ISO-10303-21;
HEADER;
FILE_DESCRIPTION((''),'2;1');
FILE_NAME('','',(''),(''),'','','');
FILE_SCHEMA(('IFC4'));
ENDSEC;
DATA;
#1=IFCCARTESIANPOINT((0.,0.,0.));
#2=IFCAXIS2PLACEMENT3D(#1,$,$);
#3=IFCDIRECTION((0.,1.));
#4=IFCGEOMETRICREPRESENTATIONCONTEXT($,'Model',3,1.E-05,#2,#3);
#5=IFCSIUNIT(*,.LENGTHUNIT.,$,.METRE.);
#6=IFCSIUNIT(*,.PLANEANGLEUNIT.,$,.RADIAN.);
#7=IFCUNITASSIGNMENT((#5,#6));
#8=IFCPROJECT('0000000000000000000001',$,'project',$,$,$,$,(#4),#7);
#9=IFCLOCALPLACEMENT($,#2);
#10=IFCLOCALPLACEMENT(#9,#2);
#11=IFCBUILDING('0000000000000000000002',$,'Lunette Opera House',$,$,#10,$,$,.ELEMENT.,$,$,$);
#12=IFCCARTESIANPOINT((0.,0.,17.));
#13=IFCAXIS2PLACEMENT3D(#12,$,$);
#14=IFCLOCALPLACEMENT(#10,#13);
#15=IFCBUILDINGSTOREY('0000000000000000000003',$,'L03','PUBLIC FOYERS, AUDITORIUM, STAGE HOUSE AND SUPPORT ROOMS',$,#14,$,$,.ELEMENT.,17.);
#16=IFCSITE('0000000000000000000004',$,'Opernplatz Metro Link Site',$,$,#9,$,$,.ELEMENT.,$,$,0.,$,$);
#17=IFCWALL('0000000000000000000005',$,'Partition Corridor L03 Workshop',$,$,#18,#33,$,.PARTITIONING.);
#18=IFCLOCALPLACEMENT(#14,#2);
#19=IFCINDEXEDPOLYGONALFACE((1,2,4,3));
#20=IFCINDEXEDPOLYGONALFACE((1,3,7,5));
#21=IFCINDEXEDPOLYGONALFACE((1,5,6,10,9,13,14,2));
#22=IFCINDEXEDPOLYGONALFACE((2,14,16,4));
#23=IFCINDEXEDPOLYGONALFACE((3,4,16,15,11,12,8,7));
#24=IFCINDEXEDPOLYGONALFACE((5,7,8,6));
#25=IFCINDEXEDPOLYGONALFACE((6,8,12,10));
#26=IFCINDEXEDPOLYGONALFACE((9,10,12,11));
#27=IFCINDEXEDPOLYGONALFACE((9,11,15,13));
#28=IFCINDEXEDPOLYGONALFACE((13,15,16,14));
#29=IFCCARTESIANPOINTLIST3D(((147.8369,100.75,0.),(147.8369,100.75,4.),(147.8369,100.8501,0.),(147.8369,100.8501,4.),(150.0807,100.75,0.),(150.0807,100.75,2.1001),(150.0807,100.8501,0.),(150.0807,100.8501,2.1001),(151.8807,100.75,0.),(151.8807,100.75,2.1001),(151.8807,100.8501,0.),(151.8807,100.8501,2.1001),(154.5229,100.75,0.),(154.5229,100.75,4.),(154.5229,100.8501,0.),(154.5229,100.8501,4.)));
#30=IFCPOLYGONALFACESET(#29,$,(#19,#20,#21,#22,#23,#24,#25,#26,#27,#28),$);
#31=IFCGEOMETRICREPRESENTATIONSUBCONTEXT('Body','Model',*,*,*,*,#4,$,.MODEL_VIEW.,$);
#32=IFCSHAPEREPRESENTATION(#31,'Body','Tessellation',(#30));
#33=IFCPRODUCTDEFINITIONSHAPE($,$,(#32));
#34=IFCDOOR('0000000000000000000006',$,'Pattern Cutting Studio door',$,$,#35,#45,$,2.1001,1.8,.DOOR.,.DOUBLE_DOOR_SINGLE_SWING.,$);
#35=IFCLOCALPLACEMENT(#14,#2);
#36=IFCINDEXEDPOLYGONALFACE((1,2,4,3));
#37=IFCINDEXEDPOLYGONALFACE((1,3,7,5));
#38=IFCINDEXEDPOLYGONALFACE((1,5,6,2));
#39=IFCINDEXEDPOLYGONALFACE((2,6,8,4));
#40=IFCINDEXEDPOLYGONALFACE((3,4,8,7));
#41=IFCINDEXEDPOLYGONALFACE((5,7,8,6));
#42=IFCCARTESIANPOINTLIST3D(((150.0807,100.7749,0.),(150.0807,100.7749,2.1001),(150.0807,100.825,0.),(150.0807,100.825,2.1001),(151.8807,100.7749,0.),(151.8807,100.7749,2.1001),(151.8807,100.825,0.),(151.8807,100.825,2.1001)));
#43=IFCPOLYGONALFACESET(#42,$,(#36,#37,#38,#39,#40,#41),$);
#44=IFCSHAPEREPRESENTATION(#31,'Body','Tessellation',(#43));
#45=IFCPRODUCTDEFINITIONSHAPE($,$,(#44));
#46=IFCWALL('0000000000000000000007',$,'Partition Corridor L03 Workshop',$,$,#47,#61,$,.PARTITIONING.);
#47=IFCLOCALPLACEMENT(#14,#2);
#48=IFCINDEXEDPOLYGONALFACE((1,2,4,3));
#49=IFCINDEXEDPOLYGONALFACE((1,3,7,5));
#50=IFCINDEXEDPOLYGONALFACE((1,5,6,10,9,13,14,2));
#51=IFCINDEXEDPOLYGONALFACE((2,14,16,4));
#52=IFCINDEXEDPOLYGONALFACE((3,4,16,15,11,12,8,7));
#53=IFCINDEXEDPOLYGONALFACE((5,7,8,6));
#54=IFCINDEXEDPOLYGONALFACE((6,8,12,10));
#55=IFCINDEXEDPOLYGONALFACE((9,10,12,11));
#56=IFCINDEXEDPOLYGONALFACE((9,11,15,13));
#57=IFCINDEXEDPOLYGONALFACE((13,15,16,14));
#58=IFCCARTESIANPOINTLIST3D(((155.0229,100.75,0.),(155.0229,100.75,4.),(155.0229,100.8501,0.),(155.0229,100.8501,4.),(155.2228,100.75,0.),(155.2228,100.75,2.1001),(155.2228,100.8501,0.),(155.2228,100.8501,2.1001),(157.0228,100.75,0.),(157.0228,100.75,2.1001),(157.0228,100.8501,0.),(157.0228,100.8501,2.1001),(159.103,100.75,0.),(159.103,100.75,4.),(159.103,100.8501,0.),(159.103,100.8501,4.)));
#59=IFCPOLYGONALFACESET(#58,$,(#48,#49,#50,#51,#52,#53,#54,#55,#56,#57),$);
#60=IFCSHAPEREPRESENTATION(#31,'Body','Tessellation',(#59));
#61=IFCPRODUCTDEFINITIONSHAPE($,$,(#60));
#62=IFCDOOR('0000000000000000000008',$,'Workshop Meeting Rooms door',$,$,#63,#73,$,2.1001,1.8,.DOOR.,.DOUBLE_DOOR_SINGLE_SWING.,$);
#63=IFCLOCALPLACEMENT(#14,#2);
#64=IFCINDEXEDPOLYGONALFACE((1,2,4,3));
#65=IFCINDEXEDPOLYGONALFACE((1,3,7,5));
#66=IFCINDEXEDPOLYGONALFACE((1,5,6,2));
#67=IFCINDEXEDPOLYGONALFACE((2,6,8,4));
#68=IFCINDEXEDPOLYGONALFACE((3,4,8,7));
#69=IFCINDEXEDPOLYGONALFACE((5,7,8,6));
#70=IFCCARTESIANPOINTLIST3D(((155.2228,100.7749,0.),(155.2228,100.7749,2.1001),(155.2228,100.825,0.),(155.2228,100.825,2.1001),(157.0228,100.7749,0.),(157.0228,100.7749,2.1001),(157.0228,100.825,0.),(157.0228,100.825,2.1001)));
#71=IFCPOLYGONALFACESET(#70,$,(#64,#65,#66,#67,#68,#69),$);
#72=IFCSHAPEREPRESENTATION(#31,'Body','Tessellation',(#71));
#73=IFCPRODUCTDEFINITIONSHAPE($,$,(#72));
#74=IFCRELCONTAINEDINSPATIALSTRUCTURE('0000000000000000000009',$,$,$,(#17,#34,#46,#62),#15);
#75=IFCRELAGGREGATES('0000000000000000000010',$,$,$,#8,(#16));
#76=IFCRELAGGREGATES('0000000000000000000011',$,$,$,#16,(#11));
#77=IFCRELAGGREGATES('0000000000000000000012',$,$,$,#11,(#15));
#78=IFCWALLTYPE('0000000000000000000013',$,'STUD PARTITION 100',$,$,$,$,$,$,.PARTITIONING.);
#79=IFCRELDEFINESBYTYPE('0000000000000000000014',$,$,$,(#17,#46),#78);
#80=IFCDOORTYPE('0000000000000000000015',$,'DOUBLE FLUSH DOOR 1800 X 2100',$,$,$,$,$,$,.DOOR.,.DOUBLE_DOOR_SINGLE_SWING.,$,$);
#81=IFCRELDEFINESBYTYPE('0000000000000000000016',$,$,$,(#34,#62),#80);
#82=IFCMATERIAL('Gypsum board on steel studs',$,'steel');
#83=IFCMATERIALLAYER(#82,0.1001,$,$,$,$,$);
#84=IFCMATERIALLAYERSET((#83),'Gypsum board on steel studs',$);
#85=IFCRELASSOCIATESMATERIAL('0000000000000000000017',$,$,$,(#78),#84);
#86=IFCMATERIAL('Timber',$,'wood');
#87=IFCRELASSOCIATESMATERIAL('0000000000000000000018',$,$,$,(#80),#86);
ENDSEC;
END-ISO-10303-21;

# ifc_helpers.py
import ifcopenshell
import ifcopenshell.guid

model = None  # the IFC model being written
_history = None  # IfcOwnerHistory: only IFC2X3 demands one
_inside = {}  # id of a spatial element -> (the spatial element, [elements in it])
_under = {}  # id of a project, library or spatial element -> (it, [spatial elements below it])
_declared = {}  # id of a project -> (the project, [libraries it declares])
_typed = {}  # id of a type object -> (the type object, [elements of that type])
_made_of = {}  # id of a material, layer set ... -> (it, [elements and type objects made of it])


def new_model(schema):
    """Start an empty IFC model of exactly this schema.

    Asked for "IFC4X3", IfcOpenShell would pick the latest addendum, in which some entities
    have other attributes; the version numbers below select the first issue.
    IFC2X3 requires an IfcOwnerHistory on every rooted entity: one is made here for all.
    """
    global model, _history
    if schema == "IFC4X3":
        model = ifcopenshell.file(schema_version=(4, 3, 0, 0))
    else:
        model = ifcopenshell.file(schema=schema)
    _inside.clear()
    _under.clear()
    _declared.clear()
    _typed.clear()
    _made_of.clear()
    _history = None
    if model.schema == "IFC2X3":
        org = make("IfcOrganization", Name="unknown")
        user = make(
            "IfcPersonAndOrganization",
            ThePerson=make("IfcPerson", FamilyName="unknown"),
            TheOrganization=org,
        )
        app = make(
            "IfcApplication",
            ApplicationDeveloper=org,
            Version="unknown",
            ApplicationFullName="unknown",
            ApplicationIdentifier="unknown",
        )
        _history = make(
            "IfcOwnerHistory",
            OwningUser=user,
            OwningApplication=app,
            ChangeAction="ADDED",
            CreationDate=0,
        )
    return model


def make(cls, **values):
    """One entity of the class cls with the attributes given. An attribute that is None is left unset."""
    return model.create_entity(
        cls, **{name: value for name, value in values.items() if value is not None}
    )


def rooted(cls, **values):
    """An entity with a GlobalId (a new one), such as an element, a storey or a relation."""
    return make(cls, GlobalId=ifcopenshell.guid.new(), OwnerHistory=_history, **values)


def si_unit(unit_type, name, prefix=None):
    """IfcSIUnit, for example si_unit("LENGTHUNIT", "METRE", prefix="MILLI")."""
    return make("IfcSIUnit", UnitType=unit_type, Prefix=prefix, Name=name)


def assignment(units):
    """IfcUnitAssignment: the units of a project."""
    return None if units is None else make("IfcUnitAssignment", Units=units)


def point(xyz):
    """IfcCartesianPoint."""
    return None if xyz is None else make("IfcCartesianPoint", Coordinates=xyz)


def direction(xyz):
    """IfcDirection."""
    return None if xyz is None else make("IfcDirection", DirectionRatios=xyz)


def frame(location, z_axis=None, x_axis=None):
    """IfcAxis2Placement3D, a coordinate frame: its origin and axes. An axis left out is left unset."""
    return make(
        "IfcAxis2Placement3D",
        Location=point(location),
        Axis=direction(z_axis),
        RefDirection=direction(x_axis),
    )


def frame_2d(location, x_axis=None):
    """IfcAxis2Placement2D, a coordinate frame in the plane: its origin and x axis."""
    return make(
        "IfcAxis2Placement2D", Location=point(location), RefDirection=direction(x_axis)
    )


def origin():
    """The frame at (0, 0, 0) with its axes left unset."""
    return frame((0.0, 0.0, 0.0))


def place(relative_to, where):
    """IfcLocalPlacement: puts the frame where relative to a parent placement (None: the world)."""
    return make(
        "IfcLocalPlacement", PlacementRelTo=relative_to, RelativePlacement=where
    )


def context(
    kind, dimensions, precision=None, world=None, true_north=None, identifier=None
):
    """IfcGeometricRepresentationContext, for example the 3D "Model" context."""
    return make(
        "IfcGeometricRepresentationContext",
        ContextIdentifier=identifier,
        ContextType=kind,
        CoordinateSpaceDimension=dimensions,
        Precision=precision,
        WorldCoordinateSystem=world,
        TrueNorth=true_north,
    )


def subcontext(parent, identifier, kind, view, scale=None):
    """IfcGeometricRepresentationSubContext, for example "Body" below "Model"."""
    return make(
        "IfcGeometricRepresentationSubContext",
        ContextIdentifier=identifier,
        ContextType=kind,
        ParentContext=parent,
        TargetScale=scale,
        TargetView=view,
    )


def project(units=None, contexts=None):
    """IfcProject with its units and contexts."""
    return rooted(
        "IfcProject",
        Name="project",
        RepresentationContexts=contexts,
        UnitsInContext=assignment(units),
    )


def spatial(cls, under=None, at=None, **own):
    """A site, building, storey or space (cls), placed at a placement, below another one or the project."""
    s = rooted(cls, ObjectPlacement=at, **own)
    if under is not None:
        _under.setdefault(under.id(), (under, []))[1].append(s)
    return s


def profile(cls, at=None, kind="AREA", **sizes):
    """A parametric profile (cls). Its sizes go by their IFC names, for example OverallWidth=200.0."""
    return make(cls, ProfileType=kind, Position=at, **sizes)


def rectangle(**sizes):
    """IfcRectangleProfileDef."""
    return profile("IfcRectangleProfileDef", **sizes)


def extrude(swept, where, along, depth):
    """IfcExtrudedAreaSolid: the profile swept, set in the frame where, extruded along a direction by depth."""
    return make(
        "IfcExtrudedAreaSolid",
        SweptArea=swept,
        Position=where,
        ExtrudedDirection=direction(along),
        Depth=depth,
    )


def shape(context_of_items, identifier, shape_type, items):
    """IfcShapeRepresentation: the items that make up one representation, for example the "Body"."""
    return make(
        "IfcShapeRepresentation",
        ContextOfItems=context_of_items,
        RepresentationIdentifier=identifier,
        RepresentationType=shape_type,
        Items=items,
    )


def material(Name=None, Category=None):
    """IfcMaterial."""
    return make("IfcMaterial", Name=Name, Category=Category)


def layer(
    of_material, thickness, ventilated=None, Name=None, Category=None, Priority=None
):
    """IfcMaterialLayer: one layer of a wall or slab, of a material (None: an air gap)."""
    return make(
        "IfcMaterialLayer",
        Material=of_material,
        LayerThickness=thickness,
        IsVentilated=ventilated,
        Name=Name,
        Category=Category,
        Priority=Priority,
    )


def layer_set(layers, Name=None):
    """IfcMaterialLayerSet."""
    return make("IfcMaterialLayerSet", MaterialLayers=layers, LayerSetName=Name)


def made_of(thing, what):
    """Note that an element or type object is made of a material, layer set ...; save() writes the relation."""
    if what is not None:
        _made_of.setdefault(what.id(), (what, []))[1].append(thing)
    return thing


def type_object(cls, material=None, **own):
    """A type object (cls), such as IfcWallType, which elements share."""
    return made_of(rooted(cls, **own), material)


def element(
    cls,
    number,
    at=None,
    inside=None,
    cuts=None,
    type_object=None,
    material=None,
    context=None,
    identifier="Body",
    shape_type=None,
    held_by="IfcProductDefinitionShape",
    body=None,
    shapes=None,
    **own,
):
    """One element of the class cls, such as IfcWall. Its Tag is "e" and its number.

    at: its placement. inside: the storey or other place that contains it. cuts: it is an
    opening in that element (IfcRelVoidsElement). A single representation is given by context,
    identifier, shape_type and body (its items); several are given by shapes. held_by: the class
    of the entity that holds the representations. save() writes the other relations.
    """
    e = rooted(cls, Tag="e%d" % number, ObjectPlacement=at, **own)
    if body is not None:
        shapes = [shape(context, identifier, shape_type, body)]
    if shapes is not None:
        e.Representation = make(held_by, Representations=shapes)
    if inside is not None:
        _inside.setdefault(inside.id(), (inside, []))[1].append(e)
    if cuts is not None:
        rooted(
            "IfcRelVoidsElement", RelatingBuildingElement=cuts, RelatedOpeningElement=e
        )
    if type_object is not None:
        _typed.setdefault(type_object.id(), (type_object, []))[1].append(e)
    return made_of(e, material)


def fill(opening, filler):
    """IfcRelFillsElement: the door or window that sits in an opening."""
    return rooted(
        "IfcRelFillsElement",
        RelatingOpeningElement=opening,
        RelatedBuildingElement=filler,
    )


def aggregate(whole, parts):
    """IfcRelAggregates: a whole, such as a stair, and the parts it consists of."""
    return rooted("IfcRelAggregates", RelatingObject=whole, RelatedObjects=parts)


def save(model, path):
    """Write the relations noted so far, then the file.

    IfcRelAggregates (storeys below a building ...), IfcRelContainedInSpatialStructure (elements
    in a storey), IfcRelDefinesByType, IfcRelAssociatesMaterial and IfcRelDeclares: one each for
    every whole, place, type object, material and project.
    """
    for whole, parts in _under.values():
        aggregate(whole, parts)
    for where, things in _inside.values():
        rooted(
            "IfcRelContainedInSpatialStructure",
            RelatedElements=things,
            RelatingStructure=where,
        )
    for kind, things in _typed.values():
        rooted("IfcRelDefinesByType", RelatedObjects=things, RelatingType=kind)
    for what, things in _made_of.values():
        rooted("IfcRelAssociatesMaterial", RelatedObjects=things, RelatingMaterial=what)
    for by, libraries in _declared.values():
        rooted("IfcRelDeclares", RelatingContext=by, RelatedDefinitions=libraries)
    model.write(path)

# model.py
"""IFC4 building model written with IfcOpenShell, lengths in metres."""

from ifc_helpers import new_model, si_unit, direction, frame, frame_2d, origin, place, context, subcontext, project, spatial, rectangle, extrude, material, layer, layer_set, type_object, element, fill, save


model = new_model("IFC4")

# Units and contexts
model_context = context("Model", 3, precision=1e-05, world=origin(), true_north=direction((0.0, 1.0)))
body_context = subcontext(model_context, "Body", "Model", "MODEL_VIEW")
ifc_project = project(units=[si_unit("LENGTHUNIT", "METRE"), si_unit("PLANEANGLEUNIT", "RADIAN")], contexts=[model_context])

# Site, building, storey
site_placement = place(None, origin())
site = spatial("IfcSite", under=ifc_project, at=site_placement, Name="Opernplatz Metro Link Site", CompositionType="ELEMENT", RefElevation=0.0)
building_placement = place(site_placement, origin())
building = spatial("IfcBuilding", under=site, at=building_placement, Name="Lunette Opera House", CompositionType="ELEMENT")
storey_placement = place(building_placement, frame((0.0, 0.0, 17.0)))
storey = spatial("IfcBuildingStorey", under=building, at=storey_placement, Name="L03", Description="PUBLIC FOYERS, AUDITORIUM, STAGE HOUSE AND SUPPORT ROOMS", CompositionType="ELEMENT", Elevation=17.0)

# Shared definitions
ifc_material_1 = material(Name="Gypsum board on steel studs", Category="steel")
ifc_layer_1 = layer(ifc_material_1, 0.1001)
ifc_layer_set_1 = layer_set([ifc_layer_1], Name="Gypsum board on steel studs")
wall_type_1 = type_object("IfcWallType", Name="STUD PARTITION 100", PredefinedType="PARTITIONING", material=ifc_layer_set_1)

# Walls, openings, doors
wall_1_placement = place(storey_placement, frame((147.8369, 100.8, 0.0), z_axis=(0.0, 0.0, 1.0), x_axis=(1.0, 0.0, 0.0)))
wall_1 = element("IfcWall", 1, at=wall_1_placement, inside=storey, type_object=wall_type_1, Name="Partition Corridor L03 Workshop", PredefinedType="PARTITIONING", context=body_context, shape_type="SweptSolid", body=[
    extrude(rectangle(XDim=6.686, YDim=0.1001, at=frame_2d((3.343, 0.0))), origin(), (0.0, 0.0, 1.0), 4.0),
])
opening_1_placement = place(wall_1_placement, frame((2.2439, 0.0, 0.0)))
opening_1 = element("IfcOpeningElement", 2, at=opening_1_placement, cuts=wall_1, PredefinedType="OPENING", context=body_context, shape_type="SweptSolid", body=[
    extrude(rectangle(XDim=1.8, YDim=2.1001, at=frame_2d((0.8999, 1.05))), frame((0.0, 0.062, 0.0), z_axis=(0.0, -1.0, 0.0), x_axis=(1.0, 0.0, 0.0)), (0.0, 0.0, 1.0), 0.124),
])
ifc_material_2 = material(Name="Timber", Category="wood")
door_type = type_object("IfcDoorType", Name="DOUBLE FLUSH DOOR 1800 X 2100", OperationType="DOUBLE_DOOR_SINGLE_SWING", PredefinedType="DOOR", material=ifc_material_2)
door_1_placement = place(opening_1_placement, origin())
door_1 = element("IfcDoor", 3, at=door_1_placement, inside=storey, type_object=door_type, Name="Pattern Cutting Studio door", OperationType="DOUBLE_DOOR_SINGLE_SWING", OverallHeight=2.1001, OverallWidth=1.8, PredefinedType="DOOR", context=body_context, shape_type="SweptSolid", body=[
    extrude(rectangle(XDim=1.8, YDim=2.1001, at=frame_2d((0.8999, 1.05))), frame((0.0, 0.0249, 0.0), z_axis=(0.0, -1.0, 0.0), x_axis=(1.0, 0.0, 0.0)), (0.0, 0.0, 1.0), 0.05),
])
fill(opening_1, door_1)
wall_2_placement = place(storey_placement, frame((155.0229, 100.8, 0.0), z_axis=(0.0, 0.0, 1.0), x_axis=(1.0, 0.0, 0.0)))
wall_2 = element("IfcWall", 4, at=wall_2_placement, inside=storey, type_object=wall_type_1, Name="Partition Corridor L03 Workshop", PredefinedType="PARTITIONING", context=body_context, shape_type="SweptSolid", body=[
    extrude(rectangle(XDim=4.0801, YDim=0.1001, at=frame_2d((2.04, 0.0))), origin(), (0.0, 0.0, 1.0), 4.0),
])
opening_2_placement = place(wall_2_placement, frame((0.2, 0.0, 0.0)))
opening_2 = element("IfcOpeningElement", 5, at=opening_2_placement, cuts=wall_2, PredefinedType="OPENING", context=body_context, shape_type="SweptSolid", body=[
    extrude(rectangle(XDim=1.8, YDim=2.1001, at=frame_2d((0.8999, 1.05))), frame((0.0, 0.062, 0.0), z_axis=(0.0, -1.0, 0.0), x_axis=(1.0, 0.0, 0.0)), (0.0, 0.0, 1.0), 0.124),
])
door_2_placement = place(opening_2_placement, origin())
door_2 = element("IfcDoor", 6, at=door_2_placement, inside=storey, type_object=door_type, Name="Workshop Meeting Rooms door", OperationType="DOUBLE_DOOR_SINGLE_SWING", OverallHeight=2.1001, OverallWidth=1.8, PredefinedType="DOOR", context=body_context, shape_type="SweptSolid", body=[
    extrude(rectangle(XDim=1.8, YDim=2.1001, at=frame_2d((0.8999, 1.05))), frame((0.0, 0.0249, 0.0), z_axis=(0.0, -1.0, 0.0), x_axis=(1.0, 0.0, 0.0)), (0.0, 0.0, 1.0), 0.05),
])
fill(opening_2, door_2)

save(model, "model.ifc")
